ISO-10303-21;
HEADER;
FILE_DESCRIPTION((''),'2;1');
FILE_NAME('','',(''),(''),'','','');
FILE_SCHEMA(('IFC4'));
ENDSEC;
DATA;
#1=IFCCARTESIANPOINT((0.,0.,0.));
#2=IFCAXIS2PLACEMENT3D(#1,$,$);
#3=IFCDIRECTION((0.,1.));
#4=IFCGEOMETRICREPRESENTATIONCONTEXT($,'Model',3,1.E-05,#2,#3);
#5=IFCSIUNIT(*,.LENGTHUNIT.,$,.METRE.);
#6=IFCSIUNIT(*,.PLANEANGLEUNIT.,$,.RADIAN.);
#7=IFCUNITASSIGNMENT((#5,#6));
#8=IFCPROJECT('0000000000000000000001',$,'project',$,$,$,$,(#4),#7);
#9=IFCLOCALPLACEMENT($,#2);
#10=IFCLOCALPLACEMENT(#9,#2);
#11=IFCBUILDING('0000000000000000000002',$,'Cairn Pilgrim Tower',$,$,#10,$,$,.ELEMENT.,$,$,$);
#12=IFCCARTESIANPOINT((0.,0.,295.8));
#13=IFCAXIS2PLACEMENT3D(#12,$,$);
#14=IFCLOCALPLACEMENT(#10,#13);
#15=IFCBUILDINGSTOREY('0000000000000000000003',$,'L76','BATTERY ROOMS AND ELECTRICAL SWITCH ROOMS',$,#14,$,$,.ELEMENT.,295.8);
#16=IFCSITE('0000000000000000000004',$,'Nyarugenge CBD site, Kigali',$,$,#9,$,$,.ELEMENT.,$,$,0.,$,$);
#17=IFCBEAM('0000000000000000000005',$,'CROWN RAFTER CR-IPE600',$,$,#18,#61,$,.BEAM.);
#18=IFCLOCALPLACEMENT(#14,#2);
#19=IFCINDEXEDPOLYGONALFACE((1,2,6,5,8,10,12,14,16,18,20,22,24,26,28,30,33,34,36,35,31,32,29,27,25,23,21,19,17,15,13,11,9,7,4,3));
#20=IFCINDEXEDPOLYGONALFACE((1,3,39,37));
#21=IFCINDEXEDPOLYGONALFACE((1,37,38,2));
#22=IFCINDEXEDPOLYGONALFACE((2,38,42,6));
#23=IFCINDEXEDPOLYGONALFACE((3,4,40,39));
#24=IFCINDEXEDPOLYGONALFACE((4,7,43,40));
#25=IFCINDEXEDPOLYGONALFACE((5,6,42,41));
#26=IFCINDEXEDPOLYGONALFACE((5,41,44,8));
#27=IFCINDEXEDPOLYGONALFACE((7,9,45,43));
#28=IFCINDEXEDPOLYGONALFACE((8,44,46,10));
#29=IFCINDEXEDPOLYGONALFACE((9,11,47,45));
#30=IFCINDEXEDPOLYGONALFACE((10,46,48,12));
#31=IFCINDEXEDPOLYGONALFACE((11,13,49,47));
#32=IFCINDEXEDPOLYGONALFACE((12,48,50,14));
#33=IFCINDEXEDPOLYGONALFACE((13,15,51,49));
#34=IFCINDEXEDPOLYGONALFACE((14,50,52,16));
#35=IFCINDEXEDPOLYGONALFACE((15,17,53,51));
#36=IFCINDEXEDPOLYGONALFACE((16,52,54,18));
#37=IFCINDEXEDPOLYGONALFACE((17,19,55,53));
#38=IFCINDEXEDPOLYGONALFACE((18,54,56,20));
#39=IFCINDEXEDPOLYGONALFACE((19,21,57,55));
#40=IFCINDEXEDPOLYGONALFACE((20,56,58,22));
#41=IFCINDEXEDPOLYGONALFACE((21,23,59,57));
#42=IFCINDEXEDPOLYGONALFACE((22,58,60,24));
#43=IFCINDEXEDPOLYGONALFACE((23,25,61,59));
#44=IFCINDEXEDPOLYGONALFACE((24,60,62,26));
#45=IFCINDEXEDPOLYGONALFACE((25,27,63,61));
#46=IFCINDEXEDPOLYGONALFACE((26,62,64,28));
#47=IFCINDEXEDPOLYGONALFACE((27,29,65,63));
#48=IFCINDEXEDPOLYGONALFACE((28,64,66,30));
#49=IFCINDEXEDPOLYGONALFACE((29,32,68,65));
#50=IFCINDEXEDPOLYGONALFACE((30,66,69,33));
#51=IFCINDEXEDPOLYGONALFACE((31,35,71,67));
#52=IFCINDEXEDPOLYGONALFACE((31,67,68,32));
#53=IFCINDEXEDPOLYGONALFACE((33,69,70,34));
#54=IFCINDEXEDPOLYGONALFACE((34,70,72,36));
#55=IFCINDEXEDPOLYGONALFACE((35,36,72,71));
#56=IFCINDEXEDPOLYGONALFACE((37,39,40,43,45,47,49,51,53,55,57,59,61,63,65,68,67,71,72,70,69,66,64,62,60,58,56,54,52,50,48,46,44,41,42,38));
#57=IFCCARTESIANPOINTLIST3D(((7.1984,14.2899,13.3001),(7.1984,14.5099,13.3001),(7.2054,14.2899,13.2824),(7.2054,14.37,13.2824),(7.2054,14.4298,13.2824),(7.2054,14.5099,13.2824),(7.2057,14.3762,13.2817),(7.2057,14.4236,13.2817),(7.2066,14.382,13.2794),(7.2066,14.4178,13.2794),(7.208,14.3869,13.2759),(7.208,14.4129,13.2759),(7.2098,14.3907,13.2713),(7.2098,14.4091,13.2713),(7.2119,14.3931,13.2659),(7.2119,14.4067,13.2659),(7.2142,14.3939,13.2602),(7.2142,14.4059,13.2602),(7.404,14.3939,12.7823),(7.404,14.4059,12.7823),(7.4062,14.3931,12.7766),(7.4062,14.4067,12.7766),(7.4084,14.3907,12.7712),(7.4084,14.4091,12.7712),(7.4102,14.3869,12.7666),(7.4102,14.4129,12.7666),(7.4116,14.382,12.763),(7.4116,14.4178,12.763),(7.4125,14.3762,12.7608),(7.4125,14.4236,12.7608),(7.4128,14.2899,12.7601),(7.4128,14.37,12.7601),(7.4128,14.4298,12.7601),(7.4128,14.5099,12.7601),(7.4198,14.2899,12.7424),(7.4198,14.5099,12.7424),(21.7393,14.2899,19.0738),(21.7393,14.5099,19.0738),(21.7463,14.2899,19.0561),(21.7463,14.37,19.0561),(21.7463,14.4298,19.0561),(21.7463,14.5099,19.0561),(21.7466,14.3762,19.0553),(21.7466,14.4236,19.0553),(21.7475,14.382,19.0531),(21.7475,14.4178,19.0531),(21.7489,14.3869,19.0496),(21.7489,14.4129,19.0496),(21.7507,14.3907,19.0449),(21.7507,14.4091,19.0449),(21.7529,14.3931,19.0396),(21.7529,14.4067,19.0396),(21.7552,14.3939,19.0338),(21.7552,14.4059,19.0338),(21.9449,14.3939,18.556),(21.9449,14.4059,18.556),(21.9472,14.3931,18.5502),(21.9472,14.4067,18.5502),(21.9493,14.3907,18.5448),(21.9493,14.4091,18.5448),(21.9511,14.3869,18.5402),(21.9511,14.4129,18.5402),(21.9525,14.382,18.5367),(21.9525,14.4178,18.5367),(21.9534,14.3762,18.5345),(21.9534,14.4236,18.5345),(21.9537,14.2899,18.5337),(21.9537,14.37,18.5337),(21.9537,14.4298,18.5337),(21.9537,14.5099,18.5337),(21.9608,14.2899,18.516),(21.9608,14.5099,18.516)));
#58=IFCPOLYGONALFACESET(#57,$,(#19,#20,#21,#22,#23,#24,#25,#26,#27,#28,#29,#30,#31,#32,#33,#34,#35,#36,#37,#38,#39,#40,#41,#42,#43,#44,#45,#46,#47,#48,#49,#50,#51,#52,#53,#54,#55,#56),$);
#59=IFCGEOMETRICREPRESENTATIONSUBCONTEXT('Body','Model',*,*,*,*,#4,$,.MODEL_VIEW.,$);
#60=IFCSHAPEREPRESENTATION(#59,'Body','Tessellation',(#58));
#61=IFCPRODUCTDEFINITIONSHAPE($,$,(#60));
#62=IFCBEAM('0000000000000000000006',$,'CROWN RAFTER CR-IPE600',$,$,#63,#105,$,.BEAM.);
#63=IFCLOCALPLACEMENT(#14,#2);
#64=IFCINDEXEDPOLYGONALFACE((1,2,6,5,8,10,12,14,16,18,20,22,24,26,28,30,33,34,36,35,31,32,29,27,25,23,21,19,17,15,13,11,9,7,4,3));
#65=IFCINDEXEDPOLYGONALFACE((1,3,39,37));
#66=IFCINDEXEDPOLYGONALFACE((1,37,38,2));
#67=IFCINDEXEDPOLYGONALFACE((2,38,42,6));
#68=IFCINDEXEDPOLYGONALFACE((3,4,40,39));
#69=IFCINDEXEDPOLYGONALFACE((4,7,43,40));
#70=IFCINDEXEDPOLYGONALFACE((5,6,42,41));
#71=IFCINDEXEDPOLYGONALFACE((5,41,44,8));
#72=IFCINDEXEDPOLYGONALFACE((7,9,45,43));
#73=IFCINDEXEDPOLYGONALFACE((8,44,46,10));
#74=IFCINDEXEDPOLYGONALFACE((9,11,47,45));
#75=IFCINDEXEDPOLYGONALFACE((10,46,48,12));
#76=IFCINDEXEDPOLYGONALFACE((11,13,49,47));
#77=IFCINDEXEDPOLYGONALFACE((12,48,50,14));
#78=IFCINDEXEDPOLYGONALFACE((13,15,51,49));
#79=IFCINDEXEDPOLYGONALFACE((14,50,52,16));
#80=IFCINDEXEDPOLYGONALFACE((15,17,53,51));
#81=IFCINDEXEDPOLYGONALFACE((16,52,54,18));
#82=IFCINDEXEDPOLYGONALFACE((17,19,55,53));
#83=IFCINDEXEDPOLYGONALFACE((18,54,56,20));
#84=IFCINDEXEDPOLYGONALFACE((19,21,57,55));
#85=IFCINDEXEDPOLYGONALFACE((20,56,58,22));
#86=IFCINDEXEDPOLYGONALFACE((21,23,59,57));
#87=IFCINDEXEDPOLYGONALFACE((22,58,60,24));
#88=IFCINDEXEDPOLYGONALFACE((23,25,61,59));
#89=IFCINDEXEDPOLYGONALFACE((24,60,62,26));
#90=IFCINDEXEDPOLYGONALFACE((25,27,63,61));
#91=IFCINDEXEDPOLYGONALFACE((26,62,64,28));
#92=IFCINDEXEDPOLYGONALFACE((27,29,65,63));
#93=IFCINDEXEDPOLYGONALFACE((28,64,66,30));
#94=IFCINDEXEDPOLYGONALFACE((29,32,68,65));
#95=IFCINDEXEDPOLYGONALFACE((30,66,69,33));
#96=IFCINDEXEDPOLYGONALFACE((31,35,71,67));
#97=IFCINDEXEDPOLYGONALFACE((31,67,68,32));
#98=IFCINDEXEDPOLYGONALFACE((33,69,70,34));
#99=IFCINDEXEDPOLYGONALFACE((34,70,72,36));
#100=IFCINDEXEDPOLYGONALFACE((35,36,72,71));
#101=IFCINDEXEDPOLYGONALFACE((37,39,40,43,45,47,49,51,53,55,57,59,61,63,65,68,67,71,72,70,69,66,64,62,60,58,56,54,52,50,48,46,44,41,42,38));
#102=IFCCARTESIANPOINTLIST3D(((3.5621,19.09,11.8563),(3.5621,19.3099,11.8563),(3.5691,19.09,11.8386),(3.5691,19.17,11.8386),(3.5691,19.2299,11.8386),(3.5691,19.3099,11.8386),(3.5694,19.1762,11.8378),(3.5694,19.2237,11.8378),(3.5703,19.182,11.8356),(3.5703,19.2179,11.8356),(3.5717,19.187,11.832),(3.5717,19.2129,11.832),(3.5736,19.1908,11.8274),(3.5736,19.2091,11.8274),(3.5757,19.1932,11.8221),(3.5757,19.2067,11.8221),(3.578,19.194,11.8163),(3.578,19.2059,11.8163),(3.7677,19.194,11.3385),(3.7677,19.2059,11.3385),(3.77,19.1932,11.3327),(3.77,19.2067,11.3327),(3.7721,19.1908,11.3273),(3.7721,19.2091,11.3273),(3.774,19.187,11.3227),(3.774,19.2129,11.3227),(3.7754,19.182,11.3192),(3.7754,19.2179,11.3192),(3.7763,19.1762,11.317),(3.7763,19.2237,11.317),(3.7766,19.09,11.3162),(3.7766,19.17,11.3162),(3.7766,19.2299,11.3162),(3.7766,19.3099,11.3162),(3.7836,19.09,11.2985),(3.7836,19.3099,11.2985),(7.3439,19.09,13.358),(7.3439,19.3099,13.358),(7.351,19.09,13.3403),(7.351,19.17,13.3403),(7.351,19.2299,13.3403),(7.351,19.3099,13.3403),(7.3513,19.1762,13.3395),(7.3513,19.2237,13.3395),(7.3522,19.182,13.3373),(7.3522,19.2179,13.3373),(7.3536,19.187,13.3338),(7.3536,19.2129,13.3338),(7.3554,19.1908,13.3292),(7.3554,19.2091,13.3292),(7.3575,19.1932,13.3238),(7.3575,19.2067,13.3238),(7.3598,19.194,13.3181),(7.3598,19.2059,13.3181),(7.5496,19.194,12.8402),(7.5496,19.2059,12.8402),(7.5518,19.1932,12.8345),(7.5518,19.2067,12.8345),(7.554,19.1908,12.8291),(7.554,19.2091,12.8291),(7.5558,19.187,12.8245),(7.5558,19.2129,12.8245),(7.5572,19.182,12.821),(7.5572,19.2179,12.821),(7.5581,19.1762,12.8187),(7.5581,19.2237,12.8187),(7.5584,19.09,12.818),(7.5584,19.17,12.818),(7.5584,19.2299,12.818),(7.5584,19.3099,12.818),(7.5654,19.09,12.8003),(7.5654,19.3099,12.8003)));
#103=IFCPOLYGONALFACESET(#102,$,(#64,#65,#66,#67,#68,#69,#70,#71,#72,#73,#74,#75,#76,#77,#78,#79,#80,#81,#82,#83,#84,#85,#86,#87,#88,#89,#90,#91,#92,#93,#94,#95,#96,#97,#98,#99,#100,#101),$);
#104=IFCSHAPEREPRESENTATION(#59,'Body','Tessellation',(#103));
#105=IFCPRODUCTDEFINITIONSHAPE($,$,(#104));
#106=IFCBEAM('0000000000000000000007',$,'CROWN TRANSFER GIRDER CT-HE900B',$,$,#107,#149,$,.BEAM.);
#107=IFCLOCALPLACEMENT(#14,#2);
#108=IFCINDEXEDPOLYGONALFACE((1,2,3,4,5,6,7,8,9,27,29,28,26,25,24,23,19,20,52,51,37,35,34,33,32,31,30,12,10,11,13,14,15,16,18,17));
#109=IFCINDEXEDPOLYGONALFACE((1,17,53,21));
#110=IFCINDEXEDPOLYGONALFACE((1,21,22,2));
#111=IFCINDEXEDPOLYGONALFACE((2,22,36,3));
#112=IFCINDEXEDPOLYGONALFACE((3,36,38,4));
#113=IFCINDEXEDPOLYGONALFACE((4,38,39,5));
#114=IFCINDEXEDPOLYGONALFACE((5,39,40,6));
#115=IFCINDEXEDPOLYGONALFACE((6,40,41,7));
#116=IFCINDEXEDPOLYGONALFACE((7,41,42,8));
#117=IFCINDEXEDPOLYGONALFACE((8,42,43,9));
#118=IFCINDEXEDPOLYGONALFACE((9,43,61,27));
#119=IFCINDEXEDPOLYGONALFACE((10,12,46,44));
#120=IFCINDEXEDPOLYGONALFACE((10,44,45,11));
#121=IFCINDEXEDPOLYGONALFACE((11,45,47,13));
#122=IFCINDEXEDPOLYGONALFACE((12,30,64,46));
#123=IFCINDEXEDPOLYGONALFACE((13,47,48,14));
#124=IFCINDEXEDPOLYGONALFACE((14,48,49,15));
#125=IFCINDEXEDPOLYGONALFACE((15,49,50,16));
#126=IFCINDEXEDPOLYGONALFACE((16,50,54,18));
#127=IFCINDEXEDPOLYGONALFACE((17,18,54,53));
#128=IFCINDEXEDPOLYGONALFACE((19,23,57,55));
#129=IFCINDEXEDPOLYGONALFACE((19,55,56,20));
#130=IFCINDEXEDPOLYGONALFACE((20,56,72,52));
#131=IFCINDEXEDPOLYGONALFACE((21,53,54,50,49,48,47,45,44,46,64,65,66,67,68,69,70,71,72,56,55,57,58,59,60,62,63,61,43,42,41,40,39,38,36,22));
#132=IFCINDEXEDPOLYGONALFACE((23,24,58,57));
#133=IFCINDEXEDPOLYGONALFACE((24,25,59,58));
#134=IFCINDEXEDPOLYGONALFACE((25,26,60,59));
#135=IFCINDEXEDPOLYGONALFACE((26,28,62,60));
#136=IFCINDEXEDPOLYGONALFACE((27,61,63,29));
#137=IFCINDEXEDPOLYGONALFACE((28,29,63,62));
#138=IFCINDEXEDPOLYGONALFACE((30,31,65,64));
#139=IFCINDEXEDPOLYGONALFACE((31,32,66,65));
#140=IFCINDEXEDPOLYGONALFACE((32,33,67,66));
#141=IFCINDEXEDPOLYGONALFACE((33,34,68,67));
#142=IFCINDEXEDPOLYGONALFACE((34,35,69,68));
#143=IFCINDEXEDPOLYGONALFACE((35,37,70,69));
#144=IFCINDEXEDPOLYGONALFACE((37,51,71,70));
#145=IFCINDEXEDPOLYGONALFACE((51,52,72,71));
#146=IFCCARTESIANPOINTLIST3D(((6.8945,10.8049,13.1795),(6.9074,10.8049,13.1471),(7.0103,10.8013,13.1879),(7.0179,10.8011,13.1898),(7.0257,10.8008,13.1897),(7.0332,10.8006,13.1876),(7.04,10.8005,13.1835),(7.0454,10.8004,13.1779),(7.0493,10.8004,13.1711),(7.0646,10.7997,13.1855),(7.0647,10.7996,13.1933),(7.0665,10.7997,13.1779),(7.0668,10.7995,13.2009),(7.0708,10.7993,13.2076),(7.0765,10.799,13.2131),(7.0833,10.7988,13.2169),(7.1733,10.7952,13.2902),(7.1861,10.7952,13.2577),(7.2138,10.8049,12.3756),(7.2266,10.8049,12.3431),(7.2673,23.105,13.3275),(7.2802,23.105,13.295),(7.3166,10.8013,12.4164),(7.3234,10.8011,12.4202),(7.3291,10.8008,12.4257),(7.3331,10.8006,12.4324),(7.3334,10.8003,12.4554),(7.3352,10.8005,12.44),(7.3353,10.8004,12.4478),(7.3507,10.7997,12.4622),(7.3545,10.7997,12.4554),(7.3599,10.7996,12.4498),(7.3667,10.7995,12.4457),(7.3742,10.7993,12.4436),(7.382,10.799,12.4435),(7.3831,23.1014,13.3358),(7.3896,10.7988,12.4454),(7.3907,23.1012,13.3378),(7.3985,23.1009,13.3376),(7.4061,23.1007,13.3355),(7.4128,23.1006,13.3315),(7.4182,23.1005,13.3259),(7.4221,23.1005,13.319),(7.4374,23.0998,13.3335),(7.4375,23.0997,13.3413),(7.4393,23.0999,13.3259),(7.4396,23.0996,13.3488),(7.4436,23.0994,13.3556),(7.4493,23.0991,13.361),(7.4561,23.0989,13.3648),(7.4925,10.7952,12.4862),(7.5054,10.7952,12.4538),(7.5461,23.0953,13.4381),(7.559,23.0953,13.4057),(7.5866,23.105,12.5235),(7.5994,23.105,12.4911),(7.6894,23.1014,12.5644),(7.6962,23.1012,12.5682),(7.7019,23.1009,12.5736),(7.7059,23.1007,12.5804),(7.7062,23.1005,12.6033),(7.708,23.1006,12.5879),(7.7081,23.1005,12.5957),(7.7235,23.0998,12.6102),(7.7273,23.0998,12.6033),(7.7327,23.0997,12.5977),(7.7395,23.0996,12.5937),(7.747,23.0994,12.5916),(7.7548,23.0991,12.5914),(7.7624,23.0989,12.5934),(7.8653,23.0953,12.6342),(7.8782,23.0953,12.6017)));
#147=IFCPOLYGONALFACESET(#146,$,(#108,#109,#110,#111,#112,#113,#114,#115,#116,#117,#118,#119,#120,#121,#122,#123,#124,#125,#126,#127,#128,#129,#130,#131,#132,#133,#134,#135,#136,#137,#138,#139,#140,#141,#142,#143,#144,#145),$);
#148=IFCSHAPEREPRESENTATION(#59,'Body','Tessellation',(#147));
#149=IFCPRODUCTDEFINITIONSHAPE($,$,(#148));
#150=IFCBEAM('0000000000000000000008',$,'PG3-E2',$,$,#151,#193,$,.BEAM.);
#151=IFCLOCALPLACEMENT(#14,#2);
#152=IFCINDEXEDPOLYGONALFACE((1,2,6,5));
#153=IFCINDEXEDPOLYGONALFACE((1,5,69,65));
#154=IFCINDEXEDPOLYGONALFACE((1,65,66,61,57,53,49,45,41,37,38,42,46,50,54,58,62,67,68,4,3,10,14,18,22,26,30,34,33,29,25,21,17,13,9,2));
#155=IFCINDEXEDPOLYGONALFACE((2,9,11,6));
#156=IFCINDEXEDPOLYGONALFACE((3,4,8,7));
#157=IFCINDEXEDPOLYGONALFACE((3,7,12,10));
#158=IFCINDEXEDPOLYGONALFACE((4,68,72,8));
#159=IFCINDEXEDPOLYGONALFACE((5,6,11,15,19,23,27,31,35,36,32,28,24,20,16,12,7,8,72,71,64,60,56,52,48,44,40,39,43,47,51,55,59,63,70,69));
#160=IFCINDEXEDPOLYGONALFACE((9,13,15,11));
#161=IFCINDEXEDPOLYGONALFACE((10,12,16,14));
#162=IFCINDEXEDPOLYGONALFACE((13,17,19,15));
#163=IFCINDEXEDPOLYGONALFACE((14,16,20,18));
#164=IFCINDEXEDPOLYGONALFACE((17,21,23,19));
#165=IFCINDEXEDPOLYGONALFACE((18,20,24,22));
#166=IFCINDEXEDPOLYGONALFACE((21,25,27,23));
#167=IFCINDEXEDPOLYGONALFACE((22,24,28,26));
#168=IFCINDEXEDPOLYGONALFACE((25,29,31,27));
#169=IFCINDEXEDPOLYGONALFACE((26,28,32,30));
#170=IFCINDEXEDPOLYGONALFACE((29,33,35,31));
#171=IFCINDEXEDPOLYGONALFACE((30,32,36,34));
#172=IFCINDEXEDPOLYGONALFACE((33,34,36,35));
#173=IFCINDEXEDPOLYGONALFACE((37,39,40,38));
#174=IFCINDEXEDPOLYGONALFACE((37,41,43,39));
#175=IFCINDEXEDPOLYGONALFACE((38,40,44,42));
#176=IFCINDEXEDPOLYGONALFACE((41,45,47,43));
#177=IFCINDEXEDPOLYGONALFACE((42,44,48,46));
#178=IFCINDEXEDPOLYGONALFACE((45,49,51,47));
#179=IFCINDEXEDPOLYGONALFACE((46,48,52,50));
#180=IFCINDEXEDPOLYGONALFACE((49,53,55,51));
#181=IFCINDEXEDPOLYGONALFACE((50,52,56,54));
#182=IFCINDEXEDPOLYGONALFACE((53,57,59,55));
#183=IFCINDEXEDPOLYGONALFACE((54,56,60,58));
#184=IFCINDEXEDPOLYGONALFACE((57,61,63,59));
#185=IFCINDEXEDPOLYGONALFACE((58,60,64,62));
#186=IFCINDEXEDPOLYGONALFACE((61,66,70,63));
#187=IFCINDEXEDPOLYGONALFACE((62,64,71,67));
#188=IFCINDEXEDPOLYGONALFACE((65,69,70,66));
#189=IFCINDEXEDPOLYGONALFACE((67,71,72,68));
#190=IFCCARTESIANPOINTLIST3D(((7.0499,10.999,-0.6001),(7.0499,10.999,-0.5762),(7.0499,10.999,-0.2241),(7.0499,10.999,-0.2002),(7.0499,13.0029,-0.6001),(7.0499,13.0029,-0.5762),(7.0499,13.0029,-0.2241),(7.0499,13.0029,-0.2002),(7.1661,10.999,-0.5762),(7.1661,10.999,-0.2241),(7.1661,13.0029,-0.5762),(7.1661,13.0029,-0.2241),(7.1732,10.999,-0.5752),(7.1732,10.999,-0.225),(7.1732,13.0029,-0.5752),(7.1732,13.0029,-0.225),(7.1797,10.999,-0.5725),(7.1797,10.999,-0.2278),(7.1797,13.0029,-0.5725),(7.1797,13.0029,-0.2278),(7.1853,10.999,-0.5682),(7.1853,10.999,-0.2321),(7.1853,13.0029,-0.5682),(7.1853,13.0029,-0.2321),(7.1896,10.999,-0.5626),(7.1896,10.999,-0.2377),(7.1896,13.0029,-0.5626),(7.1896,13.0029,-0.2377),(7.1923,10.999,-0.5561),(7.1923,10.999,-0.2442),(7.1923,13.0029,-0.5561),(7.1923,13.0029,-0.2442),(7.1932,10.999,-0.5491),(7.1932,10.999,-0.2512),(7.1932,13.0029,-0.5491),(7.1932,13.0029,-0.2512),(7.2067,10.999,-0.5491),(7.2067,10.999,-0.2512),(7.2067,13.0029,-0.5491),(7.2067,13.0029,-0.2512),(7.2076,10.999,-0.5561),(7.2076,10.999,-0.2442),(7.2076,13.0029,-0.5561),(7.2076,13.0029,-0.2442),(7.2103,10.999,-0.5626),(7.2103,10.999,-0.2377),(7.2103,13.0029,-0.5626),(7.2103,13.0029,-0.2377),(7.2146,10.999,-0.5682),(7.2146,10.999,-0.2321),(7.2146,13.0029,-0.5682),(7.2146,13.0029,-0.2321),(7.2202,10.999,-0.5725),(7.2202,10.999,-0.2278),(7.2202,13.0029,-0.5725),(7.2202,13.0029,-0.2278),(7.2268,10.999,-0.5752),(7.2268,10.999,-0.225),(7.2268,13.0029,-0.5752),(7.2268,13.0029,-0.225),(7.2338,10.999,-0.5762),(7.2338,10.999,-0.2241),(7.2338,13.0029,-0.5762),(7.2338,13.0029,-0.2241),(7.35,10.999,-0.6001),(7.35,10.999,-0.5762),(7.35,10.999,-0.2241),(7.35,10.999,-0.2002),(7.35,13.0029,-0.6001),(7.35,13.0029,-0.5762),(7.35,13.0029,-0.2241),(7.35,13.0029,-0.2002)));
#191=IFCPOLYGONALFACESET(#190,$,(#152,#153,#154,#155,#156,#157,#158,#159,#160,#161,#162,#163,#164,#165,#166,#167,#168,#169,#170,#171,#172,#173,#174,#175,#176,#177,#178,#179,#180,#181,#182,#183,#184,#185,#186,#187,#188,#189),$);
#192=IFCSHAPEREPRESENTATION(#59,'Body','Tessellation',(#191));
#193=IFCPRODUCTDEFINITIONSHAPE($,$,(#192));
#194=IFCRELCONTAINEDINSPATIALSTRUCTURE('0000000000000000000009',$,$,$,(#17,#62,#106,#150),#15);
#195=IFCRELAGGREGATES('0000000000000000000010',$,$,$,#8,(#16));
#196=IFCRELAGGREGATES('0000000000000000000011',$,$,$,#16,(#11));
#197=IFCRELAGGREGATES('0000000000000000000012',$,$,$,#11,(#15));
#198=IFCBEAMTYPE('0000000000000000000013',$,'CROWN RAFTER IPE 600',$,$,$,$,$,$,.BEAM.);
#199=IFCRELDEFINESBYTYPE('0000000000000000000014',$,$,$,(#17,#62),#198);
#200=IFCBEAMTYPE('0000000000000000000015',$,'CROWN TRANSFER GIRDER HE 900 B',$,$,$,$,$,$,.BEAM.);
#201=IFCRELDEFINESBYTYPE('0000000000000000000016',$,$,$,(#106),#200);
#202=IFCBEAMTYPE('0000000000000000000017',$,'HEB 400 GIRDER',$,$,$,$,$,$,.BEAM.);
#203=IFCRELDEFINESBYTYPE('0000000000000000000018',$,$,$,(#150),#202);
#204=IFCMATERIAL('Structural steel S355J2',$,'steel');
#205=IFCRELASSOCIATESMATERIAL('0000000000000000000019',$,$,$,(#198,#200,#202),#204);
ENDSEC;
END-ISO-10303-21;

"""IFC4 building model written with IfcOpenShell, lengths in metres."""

from ifc_helpers import new_model, si_unit, direction, frame, origin, origin_2d, place, context, subcontext, project, spatial, i_section, extrude, material, material_profile, profile_set, type_object, element, save


model = new_model("IFC4")

# Units and contexts
model_context = context("Model", 3, precision=1e-05, world=origin(), true_north=direction((0.0, 1.0)))
body_context = subcontext(model_context, "Body", "Model", "MODEL_VIEW")
ifc_project = project(units=[si_unit("LENGTHUNIT", "METRE"), si_unit("PLANEANGLEUNIT", "RADIAN")], contexts=[model_context])

# Site, building, storey
site_placement = place(None, origin())
site = spatial("IfcSite", under=ifc_project, at=site_placement, Name="Nyarugenge CBD site, Kigali", CompositionType="ELEMENT", RefElevation=0.0)
building_placement = place(site_placement, origin())
building = spatial("IfcBuilding", under=site, at=building_placement, Name="Cairn Pilgrim Tower", CompositionType="ELEMENT")
storey_placement = place(building_placement, frame((0.0, 0.0, 295.8)))
storey = spatial("IfcBuildingStorey", under=building, at=storey_placement, Name="L76", Description="BATTERY ROOMS AND ELECTRICAL SWITCH ROOMS", CompositionType="ELEMENT", Elevation=295.8)

# Shared definitions
ifc_material_1 = material(Name="Structural steel S355J2", Category="steel")

# Beams
ifc_material_profile_1 = material_profile(ifc_material_1, i_section(OverallWidth=0.22, OverallDepth=0.6001, WebThickness=0.012, FlangeThickness=0.019, FilletRadius=0.0239, at=origin_2d()), Name="IPE 600")
ifc_profile_set_1 = profile_set([ifc_material_profile_1], Name="Structural steel S355J2")
beam_type_1 = type_object("IfcBeamType", Name="CROWN RAFTER IPE 600", PredefinedType="BEAM", material=ifc_profile_set_1)
beam_1_placement = place(storey_placement, frame((7.3091, 14.3999, 13.0212), z_axis=(0.929415, 0.0, 0.369035), x_axis=(0.0, 1.0, 0.0)))
element("IfcBeam", 1, at=beam_1_placement, inside=storey, type_object=beam_type_1, Name="CROWN RAFTER CR-IPE600", PredefinedType="BEAM", context=body_context, shape_type="SweptSolid", body=[
    extrude(i_section(OverallWidth=0.22, OverallDepth=0.6001, WebThickness=0.012, FlangeThickness=0.019, FilletRadius=0.0239, at=origin_2d()), origin(), (0.0, 0.0, 1.0), 15.6453),
])
beam_2_placement = place(storey_placement, frame((3.6729, 19.2, 11.5774), z_axis=(0.929405, 0.0, 0.369062), x_axis=(0.0, 1.0, 0.0)))
element("IfcBeam", 2, at=beam_2_placement, inside=storey, type_object=beam_type_1, Name="CROWN RAFTER CR-IPE600", PredefinedType="BEAM", context=body_context, shape_type="SweptSolid", body=[
    extrude(i_section(OverallWidth=0.22, OverallDepth=0.6001, WebThickness=0.012, FlangeThickness=0.019, FilletRadius=0.0239, at=origin_2d()), origin(), (0.0, 0.0, 1.0), 4.0691),
])
ifc_material_profile_2 = material_profile(ifc_material_1, i_section(OverallWidth=0.3, OverallDepth=0.8999, WebThickness=0.0186, FlangeThickness=0.0349, FilletRadius=0.03, at=origin_2d()), Name="HEB 900")
ifc_profile_set_2 = profile_set([ifc_material_profile_2], Name="Structural steel S355J2")
beam_type_2 = type_object("IfcBeamType", Name="CROWN TRANSFER GIRDER HE 900 B", PredefinedType="BEAM", material=ifc_profile_set_2)
beam_3_placement = place(storey_placement, frame((7.2, 10.8, 12.8167), z_axis=(0.030293, 0.999469, 0.012022), x_axis=(-0.928923, 0.032591, -0.368836)))
element("IfcBeam", 3, at=beam_3_placement, inside=storey, type_object=beam_type_2, Name="CROWN TRANSFER GIRDER CT-HE900B", PredefinedType="BEAM", context=body_context, shape_type="SweptSolid", body=[
    extrude(i_section(OverallWidth=0.3, OverallDepth=0.8999, WebThickness=0.0186, FlangeThickness=0.0349, FilletRadius=0.03, at=origin_2d()), origin(), (0.0, 0.0, 1.0), 12.3066),
])
ifc_material_profile_3 = material_profile(ifc_material_1, i_section(OverallWidth=0.3, OverallDepth=0.3999, WebThickness=0.0134, FlangeThickness=0.0239, FilletRadius=0.0271, at=origin_2d()), Name="HEB 400")
ifc_profile_set_3 = profile_set([ifc_material_profile_3], Name="Structural steel S355J2")
beam_type_3 = type_object("IfcBeamType", Name="HEB 400 GIRDER", PredefinedType="BEAM", material=ifc_profile_set_3)
beam_4_placement = place(storey_placement, frame((7.2, 10.999, -0.4001), z_axis=(0.0, 1.0, 0.0), x_axis=(-1.0, 0.0, 0.0)))
element("IfcBeam", 4, at=beam_4_placement, inside=storey, type_object=beam_type_3, Name="PG3-E2", PredefinedType="BEAM", context=body_context, shape_type="SweptSolid", body=[
    extrude(i_section(OverallWidth=0.3, OverallDepth=0.3999, WebThickness=0.0134, FlangeThickness=0.0239, FilletRadius=0.0271, at=origin_2d()), origin(), (0.0, 0.0, 1.0), 2.0039),
])

save(model, "model.ifc")
